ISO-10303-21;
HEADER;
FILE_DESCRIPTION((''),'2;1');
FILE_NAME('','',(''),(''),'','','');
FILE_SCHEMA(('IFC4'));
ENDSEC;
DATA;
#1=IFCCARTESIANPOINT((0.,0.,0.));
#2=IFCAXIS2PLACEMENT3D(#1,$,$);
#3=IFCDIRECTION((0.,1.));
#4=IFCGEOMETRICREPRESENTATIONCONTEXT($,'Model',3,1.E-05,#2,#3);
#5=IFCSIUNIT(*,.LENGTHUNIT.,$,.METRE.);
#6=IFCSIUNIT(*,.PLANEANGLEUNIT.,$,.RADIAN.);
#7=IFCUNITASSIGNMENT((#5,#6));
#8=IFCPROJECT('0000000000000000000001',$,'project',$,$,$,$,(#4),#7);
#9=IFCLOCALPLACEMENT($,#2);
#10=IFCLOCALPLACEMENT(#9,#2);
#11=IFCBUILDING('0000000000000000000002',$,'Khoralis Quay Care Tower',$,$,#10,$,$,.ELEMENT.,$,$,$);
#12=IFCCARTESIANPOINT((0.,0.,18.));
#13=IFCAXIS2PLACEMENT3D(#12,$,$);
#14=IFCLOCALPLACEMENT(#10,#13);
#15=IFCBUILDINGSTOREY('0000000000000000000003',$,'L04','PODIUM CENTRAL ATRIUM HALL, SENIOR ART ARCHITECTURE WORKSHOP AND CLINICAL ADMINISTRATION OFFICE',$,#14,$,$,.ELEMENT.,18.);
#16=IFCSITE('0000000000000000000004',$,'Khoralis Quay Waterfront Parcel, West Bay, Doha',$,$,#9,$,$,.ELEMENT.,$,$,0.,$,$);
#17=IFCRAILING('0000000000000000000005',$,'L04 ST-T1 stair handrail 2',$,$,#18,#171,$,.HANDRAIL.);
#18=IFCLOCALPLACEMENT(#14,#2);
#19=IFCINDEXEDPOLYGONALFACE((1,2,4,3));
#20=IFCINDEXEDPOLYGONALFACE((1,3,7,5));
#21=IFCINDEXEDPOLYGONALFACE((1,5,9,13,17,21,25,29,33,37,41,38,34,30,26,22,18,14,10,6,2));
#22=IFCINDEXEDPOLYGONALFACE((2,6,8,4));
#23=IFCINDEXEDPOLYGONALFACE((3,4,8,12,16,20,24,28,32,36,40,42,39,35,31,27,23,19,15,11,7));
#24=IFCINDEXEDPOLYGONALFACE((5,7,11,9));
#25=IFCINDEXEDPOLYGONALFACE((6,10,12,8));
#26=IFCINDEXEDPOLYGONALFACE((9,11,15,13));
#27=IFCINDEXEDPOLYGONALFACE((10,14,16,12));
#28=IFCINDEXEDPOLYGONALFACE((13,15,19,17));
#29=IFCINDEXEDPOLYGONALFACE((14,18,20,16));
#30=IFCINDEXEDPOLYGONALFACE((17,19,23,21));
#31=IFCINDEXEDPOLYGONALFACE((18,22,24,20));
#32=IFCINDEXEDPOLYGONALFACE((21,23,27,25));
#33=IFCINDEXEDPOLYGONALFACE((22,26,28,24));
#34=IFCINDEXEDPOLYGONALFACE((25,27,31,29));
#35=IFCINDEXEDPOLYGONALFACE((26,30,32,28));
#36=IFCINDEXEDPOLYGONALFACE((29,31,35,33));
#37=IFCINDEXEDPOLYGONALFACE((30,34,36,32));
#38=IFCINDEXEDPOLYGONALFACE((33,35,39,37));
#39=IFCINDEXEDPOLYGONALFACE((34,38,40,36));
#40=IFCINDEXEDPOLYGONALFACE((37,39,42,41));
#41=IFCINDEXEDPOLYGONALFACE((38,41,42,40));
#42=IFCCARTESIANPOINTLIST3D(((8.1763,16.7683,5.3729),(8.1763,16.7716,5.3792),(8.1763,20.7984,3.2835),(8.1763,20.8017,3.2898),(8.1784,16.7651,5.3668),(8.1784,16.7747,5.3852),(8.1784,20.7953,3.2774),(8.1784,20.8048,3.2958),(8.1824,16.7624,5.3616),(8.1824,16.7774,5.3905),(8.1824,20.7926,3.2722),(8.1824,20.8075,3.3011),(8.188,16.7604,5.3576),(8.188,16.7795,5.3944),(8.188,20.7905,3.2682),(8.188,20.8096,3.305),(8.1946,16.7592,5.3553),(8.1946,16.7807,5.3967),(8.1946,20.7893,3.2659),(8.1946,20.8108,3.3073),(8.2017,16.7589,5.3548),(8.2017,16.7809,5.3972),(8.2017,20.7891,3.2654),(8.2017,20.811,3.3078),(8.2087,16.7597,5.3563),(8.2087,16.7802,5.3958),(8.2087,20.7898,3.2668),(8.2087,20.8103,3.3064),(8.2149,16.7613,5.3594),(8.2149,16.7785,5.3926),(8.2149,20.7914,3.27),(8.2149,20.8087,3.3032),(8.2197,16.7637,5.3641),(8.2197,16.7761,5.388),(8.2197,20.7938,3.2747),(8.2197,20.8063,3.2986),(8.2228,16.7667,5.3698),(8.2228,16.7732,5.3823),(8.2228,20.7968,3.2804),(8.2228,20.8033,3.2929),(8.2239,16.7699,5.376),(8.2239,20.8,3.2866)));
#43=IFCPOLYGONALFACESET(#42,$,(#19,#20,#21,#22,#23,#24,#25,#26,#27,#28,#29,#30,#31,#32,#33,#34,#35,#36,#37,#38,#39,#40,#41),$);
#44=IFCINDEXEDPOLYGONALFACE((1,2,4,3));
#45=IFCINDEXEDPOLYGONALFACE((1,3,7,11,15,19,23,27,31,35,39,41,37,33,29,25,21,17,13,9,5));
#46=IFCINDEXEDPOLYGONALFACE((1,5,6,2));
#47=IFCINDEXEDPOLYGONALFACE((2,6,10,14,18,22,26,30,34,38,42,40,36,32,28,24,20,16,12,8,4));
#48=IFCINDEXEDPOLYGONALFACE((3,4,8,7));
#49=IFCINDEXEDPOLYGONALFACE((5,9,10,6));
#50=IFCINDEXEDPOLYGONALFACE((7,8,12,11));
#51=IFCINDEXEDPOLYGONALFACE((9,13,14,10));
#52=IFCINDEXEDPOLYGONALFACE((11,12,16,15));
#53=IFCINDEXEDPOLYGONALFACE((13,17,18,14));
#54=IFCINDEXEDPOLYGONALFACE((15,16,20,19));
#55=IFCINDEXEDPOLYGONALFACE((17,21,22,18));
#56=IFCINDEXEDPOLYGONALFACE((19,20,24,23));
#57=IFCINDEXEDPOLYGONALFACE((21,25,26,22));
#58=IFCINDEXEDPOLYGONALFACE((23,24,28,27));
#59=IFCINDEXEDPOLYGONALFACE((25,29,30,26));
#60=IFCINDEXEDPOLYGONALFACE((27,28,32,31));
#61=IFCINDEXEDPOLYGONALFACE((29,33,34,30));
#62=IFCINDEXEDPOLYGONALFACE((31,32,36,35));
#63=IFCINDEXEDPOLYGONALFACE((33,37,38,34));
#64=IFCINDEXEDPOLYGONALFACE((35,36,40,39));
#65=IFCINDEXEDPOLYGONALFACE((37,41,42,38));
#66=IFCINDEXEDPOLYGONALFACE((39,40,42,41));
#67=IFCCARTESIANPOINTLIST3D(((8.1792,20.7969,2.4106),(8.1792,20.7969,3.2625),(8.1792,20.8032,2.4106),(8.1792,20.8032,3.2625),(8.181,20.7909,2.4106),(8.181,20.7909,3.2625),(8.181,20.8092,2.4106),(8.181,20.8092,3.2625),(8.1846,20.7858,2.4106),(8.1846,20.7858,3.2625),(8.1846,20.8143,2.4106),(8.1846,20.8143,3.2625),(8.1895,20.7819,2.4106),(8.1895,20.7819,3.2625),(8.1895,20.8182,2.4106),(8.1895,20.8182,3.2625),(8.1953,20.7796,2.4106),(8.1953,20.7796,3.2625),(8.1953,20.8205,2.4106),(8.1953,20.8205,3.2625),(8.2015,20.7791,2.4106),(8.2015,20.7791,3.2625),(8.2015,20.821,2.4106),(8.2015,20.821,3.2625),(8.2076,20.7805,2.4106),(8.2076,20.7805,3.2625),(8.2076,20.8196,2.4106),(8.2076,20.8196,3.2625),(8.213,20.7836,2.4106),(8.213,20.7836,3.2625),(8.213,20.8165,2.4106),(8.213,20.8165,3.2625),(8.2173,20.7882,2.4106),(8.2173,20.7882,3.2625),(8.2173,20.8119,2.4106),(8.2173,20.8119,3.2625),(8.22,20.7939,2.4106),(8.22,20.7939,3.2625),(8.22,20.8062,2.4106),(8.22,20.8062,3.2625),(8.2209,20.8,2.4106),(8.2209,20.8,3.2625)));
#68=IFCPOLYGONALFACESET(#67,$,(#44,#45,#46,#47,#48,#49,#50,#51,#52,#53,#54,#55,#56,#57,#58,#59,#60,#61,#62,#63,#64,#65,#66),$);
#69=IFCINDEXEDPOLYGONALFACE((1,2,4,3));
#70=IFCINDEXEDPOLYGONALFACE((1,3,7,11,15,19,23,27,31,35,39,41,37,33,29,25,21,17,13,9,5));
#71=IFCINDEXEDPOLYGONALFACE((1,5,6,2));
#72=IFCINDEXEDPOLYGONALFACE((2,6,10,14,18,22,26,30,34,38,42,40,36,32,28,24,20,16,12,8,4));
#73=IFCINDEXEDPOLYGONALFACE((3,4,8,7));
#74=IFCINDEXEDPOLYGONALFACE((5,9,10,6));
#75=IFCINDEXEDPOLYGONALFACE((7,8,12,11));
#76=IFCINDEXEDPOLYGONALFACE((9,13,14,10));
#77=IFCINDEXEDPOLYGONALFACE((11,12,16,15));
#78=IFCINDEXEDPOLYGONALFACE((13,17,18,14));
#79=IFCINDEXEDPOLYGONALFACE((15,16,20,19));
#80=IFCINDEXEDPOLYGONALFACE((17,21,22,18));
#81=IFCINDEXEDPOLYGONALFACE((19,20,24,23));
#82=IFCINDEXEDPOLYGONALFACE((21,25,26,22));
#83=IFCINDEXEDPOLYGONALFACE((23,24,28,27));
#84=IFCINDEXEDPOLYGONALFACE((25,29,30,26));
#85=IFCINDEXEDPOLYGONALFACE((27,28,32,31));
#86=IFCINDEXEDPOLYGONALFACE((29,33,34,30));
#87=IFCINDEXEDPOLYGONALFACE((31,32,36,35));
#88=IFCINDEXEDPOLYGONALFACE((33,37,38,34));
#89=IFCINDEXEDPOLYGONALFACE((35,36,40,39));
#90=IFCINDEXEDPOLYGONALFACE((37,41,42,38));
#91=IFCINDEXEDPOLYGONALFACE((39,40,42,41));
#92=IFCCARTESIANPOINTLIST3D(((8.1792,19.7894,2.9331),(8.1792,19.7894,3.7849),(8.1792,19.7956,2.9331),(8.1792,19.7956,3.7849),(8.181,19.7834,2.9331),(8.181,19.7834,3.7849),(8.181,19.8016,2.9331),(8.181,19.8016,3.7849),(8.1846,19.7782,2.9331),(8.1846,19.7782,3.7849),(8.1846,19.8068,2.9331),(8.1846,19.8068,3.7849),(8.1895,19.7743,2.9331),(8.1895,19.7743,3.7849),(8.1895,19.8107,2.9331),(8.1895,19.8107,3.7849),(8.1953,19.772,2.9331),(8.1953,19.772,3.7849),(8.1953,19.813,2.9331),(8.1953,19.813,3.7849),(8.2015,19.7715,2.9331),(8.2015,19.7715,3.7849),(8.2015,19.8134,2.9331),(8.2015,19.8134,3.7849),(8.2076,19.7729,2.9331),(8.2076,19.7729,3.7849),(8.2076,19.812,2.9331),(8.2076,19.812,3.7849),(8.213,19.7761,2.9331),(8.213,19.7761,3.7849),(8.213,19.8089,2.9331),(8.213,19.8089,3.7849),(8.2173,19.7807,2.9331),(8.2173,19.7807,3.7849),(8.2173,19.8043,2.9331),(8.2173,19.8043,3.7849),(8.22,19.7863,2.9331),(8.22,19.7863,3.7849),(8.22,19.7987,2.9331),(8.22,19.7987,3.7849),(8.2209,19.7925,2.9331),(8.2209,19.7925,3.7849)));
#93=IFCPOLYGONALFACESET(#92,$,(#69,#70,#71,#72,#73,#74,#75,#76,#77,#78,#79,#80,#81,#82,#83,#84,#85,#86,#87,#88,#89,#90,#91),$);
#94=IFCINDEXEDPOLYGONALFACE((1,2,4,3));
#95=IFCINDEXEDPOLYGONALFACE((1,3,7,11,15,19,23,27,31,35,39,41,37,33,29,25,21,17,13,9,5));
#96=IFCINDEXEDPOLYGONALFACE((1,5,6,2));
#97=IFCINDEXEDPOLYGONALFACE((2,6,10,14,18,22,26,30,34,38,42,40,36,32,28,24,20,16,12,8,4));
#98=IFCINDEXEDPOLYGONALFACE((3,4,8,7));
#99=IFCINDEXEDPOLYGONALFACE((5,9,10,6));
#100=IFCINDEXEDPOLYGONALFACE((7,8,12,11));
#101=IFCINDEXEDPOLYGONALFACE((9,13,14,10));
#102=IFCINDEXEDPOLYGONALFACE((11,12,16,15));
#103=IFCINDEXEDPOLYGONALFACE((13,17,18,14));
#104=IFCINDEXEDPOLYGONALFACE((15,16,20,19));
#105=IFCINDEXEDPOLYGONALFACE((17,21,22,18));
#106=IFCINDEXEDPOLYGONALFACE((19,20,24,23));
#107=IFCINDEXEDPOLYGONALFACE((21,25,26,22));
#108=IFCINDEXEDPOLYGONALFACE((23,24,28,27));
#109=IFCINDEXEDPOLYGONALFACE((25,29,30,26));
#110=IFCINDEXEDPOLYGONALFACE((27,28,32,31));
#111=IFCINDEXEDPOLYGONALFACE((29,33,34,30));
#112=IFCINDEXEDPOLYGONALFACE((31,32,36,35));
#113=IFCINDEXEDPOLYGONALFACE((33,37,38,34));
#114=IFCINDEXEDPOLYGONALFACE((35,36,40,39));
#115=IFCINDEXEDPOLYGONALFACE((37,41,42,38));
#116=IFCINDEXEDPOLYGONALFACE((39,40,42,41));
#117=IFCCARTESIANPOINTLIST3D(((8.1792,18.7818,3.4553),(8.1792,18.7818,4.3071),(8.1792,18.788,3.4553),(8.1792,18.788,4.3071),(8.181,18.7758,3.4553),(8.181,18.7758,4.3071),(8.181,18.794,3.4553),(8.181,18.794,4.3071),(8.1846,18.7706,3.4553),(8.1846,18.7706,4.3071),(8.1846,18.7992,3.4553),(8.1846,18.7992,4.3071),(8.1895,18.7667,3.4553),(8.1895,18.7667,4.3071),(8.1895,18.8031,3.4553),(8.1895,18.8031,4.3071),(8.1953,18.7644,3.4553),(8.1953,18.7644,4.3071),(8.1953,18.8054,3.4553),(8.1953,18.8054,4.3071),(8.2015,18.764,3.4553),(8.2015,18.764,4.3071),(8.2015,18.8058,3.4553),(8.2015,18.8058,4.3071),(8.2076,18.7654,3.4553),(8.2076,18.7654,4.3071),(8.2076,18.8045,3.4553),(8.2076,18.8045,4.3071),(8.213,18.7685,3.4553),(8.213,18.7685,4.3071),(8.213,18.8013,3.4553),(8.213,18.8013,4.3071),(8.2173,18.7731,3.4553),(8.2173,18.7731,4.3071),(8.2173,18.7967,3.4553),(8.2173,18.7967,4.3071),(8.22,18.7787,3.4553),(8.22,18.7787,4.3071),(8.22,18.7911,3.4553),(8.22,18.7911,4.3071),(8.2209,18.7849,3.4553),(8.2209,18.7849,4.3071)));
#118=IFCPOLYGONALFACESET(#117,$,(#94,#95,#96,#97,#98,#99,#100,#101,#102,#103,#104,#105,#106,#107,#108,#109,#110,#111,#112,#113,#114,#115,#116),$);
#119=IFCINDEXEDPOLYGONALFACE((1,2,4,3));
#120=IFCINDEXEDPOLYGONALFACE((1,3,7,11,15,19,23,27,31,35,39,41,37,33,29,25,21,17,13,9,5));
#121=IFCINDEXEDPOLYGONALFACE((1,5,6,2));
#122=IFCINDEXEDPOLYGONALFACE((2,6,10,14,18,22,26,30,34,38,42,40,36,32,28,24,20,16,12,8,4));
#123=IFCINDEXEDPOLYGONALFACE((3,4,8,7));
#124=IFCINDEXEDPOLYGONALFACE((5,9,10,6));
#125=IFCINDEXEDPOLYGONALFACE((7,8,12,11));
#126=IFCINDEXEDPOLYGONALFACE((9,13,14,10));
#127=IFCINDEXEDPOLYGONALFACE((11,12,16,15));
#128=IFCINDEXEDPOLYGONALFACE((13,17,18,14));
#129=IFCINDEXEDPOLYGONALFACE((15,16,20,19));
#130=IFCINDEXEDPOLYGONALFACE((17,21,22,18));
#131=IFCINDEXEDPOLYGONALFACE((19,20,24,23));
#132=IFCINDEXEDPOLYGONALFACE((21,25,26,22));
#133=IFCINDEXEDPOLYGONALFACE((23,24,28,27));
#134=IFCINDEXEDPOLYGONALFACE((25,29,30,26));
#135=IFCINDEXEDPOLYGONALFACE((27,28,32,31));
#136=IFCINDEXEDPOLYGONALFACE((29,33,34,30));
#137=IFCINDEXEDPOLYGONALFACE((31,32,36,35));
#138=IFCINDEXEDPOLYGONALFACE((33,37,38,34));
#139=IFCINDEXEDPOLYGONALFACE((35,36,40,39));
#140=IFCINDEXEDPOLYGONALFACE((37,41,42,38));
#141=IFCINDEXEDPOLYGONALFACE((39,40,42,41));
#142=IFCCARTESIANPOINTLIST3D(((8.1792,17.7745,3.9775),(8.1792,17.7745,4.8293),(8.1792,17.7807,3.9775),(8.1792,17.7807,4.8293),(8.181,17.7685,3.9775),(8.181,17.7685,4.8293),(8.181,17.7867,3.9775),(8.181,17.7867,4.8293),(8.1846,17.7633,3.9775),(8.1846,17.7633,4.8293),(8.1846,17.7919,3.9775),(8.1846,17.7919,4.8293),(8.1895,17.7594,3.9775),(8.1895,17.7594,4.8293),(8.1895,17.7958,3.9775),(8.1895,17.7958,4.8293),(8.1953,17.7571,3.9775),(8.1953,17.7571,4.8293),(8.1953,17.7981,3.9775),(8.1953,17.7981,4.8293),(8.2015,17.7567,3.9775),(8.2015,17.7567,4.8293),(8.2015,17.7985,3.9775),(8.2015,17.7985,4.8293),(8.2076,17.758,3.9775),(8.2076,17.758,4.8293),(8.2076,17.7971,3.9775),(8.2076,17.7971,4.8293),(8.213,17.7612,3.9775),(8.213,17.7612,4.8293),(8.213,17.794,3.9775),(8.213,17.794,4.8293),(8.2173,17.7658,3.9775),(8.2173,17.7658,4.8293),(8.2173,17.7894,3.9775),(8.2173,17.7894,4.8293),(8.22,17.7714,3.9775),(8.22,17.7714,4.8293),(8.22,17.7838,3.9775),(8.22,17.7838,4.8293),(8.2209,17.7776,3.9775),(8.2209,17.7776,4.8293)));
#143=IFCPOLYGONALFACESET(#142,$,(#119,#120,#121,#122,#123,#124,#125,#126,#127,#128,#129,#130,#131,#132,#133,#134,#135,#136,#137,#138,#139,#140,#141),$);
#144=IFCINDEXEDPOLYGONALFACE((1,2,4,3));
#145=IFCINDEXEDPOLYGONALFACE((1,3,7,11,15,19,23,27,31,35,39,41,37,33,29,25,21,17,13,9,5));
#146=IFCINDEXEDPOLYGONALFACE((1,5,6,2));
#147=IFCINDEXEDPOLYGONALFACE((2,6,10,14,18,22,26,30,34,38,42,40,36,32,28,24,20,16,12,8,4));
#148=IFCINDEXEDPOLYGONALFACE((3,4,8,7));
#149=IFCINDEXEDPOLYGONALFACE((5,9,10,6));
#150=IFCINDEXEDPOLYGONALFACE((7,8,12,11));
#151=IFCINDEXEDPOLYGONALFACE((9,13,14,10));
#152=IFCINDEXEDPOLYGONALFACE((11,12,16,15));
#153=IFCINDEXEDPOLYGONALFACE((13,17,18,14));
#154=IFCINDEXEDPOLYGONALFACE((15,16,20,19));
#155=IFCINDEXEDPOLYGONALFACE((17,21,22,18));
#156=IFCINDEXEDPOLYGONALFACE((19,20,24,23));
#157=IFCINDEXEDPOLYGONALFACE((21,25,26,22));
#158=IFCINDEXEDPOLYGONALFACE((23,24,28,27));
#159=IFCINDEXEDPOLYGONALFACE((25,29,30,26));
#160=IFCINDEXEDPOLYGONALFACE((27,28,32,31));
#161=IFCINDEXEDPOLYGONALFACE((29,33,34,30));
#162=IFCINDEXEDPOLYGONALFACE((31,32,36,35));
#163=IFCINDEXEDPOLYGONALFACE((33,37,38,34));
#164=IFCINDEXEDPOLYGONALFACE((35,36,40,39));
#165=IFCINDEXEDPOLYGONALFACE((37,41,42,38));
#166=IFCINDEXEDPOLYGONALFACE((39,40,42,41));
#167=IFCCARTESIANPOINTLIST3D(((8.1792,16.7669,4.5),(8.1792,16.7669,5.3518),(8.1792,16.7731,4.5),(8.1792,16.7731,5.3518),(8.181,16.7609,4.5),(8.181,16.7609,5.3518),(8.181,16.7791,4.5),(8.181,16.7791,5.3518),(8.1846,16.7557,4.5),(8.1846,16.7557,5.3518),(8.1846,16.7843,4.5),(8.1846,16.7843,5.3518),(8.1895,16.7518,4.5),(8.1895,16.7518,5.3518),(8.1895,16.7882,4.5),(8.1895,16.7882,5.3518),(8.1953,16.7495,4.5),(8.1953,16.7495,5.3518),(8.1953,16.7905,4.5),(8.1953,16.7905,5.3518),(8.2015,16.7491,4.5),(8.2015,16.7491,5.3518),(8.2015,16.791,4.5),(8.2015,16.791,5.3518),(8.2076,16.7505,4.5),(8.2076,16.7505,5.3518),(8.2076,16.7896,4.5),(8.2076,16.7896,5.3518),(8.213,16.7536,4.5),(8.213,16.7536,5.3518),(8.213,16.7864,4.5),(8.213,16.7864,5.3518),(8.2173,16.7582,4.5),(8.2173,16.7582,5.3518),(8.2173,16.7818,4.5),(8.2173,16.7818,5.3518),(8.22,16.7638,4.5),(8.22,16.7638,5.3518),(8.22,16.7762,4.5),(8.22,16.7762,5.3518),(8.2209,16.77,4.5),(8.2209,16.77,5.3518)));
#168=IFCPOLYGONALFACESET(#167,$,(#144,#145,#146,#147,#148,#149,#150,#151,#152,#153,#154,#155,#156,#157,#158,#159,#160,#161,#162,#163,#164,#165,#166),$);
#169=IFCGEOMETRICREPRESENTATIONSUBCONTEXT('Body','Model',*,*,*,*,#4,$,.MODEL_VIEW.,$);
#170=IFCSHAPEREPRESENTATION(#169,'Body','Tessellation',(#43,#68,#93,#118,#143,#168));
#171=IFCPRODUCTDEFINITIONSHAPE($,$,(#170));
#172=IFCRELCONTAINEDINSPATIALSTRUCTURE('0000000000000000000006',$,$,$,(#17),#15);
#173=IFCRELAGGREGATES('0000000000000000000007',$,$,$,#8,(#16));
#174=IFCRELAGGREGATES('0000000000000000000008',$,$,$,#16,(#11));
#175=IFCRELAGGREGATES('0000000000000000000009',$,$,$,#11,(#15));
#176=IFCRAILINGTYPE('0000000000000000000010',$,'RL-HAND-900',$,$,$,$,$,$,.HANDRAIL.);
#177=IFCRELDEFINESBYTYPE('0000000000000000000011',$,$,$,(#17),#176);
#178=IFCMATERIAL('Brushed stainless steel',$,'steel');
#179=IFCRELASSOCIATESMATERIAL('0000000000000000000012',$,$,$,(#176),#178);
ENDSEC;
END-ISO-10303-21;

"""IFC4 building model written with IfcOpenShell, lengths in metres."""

from ifc_helpers import new_model, si_unit, direction, frame, origin, origin_2d, place, context, subcontext, project, spatial, circle, extrude, material, type_object, element, save


model = new_model("IFC4")

# Units and contexts
model_context = context("Model", 3, precision=1e-05, world=origin(), true_north=direction((0.0, 1.0)))
body_context = subcontext(model_context, "Body", "Model", "MODEL_VIEW")
ifc_project = project(units=[si_unit("LENGTHUNIT", "METRE"), si_unit("PLANEANGLEUNIT", "RADIAN")], contexts=[model_context])

# Site, building, storey
site_placement = place(None, origin())
site = spatial("IfcSite", under=ifc_project, at=site_placement, Name="Khoralis Quay Waterfront Parcel, West Bay, Doha", CompositionType="ELEMENT", RefElevation=0.0)
building_placement = place(site_placement, origin())
building = spatial("IfcBuilding", under=site, at=building_placement, Name="Khoralis Quay Care Tower", CompositionType="ELEMENT")
storey_placement = place(building_placement, frame((0.0, 0.0, 18.0)))
storey = spatial("IfcBuildingStorey", under=building, at=storey_placement, Name="L04", Description="PODIUM CENTRAL ATRIUM HALL, SENIOR ART ARCHITECTURE WORKSHOP AND CLINICAL ADMINISTRATION OFFICE", CompositionType="ELEMENT", Elevation=18.0)

# Shared definitions
ifc_material_1 = material(Name="Brushed stainless steel", Category="steel")

# Railing
railing_type_1 = type_object("IfcRailingType", Name="RL-HAND-900", PredefinedType="HANDRAIL", material=ifc_material_1)
railing_1_placement = place(storey_placement, frame((8.2, 20.8, 2.4106)))
element("IfcRailing", 1, at=railing_1_placement, inside=storey, type_object=railing_type_1, Name="L04 ST-T1 stair handrail 2", PredefinedType="HANDRAIL", context=body_context, shape_type="SweptSolid", body=[
    extrude(circle(Radius=0.0239, at=origin_2d()), frame((0.0, 0.0, 0.876), z_axis=(0.0, -0.887781, 0.460267), x_axis=(1.0, 0.0, 0.0)), (0.0, 0.0, 1.0), 4.5396),
    extrude(circle(Radius=0.021, at=origin_2d()), origin(), (0.0, 0.0, 1.0), 0.8518),
    extrude(circle(Radius=0.021, at=origin_2d()), frame((0.0, -1.0076, 0.5225)), (0.0, 0.0, 1.0), 0.8518),
    extrude(circle(Radius=0.021, at=origin_2d()), frame((0.0, -2.0151, 1.0447)), (0.0, 0.0, 1.0), 0.8518),
    extrude(circle(Radius=0.021, at=origin_2d()), frame((0.0, -3.0225, 1.5669)), (0.0, 0.0, 1.0), 0.8518),
    extrude(circle(Radius=0.021, at=origin_2d()), frame((0.0, -4.03, 2.0894)), (0.0, 0.0, 1.0), 0.8518),
])

save(model, "model.ifc")
